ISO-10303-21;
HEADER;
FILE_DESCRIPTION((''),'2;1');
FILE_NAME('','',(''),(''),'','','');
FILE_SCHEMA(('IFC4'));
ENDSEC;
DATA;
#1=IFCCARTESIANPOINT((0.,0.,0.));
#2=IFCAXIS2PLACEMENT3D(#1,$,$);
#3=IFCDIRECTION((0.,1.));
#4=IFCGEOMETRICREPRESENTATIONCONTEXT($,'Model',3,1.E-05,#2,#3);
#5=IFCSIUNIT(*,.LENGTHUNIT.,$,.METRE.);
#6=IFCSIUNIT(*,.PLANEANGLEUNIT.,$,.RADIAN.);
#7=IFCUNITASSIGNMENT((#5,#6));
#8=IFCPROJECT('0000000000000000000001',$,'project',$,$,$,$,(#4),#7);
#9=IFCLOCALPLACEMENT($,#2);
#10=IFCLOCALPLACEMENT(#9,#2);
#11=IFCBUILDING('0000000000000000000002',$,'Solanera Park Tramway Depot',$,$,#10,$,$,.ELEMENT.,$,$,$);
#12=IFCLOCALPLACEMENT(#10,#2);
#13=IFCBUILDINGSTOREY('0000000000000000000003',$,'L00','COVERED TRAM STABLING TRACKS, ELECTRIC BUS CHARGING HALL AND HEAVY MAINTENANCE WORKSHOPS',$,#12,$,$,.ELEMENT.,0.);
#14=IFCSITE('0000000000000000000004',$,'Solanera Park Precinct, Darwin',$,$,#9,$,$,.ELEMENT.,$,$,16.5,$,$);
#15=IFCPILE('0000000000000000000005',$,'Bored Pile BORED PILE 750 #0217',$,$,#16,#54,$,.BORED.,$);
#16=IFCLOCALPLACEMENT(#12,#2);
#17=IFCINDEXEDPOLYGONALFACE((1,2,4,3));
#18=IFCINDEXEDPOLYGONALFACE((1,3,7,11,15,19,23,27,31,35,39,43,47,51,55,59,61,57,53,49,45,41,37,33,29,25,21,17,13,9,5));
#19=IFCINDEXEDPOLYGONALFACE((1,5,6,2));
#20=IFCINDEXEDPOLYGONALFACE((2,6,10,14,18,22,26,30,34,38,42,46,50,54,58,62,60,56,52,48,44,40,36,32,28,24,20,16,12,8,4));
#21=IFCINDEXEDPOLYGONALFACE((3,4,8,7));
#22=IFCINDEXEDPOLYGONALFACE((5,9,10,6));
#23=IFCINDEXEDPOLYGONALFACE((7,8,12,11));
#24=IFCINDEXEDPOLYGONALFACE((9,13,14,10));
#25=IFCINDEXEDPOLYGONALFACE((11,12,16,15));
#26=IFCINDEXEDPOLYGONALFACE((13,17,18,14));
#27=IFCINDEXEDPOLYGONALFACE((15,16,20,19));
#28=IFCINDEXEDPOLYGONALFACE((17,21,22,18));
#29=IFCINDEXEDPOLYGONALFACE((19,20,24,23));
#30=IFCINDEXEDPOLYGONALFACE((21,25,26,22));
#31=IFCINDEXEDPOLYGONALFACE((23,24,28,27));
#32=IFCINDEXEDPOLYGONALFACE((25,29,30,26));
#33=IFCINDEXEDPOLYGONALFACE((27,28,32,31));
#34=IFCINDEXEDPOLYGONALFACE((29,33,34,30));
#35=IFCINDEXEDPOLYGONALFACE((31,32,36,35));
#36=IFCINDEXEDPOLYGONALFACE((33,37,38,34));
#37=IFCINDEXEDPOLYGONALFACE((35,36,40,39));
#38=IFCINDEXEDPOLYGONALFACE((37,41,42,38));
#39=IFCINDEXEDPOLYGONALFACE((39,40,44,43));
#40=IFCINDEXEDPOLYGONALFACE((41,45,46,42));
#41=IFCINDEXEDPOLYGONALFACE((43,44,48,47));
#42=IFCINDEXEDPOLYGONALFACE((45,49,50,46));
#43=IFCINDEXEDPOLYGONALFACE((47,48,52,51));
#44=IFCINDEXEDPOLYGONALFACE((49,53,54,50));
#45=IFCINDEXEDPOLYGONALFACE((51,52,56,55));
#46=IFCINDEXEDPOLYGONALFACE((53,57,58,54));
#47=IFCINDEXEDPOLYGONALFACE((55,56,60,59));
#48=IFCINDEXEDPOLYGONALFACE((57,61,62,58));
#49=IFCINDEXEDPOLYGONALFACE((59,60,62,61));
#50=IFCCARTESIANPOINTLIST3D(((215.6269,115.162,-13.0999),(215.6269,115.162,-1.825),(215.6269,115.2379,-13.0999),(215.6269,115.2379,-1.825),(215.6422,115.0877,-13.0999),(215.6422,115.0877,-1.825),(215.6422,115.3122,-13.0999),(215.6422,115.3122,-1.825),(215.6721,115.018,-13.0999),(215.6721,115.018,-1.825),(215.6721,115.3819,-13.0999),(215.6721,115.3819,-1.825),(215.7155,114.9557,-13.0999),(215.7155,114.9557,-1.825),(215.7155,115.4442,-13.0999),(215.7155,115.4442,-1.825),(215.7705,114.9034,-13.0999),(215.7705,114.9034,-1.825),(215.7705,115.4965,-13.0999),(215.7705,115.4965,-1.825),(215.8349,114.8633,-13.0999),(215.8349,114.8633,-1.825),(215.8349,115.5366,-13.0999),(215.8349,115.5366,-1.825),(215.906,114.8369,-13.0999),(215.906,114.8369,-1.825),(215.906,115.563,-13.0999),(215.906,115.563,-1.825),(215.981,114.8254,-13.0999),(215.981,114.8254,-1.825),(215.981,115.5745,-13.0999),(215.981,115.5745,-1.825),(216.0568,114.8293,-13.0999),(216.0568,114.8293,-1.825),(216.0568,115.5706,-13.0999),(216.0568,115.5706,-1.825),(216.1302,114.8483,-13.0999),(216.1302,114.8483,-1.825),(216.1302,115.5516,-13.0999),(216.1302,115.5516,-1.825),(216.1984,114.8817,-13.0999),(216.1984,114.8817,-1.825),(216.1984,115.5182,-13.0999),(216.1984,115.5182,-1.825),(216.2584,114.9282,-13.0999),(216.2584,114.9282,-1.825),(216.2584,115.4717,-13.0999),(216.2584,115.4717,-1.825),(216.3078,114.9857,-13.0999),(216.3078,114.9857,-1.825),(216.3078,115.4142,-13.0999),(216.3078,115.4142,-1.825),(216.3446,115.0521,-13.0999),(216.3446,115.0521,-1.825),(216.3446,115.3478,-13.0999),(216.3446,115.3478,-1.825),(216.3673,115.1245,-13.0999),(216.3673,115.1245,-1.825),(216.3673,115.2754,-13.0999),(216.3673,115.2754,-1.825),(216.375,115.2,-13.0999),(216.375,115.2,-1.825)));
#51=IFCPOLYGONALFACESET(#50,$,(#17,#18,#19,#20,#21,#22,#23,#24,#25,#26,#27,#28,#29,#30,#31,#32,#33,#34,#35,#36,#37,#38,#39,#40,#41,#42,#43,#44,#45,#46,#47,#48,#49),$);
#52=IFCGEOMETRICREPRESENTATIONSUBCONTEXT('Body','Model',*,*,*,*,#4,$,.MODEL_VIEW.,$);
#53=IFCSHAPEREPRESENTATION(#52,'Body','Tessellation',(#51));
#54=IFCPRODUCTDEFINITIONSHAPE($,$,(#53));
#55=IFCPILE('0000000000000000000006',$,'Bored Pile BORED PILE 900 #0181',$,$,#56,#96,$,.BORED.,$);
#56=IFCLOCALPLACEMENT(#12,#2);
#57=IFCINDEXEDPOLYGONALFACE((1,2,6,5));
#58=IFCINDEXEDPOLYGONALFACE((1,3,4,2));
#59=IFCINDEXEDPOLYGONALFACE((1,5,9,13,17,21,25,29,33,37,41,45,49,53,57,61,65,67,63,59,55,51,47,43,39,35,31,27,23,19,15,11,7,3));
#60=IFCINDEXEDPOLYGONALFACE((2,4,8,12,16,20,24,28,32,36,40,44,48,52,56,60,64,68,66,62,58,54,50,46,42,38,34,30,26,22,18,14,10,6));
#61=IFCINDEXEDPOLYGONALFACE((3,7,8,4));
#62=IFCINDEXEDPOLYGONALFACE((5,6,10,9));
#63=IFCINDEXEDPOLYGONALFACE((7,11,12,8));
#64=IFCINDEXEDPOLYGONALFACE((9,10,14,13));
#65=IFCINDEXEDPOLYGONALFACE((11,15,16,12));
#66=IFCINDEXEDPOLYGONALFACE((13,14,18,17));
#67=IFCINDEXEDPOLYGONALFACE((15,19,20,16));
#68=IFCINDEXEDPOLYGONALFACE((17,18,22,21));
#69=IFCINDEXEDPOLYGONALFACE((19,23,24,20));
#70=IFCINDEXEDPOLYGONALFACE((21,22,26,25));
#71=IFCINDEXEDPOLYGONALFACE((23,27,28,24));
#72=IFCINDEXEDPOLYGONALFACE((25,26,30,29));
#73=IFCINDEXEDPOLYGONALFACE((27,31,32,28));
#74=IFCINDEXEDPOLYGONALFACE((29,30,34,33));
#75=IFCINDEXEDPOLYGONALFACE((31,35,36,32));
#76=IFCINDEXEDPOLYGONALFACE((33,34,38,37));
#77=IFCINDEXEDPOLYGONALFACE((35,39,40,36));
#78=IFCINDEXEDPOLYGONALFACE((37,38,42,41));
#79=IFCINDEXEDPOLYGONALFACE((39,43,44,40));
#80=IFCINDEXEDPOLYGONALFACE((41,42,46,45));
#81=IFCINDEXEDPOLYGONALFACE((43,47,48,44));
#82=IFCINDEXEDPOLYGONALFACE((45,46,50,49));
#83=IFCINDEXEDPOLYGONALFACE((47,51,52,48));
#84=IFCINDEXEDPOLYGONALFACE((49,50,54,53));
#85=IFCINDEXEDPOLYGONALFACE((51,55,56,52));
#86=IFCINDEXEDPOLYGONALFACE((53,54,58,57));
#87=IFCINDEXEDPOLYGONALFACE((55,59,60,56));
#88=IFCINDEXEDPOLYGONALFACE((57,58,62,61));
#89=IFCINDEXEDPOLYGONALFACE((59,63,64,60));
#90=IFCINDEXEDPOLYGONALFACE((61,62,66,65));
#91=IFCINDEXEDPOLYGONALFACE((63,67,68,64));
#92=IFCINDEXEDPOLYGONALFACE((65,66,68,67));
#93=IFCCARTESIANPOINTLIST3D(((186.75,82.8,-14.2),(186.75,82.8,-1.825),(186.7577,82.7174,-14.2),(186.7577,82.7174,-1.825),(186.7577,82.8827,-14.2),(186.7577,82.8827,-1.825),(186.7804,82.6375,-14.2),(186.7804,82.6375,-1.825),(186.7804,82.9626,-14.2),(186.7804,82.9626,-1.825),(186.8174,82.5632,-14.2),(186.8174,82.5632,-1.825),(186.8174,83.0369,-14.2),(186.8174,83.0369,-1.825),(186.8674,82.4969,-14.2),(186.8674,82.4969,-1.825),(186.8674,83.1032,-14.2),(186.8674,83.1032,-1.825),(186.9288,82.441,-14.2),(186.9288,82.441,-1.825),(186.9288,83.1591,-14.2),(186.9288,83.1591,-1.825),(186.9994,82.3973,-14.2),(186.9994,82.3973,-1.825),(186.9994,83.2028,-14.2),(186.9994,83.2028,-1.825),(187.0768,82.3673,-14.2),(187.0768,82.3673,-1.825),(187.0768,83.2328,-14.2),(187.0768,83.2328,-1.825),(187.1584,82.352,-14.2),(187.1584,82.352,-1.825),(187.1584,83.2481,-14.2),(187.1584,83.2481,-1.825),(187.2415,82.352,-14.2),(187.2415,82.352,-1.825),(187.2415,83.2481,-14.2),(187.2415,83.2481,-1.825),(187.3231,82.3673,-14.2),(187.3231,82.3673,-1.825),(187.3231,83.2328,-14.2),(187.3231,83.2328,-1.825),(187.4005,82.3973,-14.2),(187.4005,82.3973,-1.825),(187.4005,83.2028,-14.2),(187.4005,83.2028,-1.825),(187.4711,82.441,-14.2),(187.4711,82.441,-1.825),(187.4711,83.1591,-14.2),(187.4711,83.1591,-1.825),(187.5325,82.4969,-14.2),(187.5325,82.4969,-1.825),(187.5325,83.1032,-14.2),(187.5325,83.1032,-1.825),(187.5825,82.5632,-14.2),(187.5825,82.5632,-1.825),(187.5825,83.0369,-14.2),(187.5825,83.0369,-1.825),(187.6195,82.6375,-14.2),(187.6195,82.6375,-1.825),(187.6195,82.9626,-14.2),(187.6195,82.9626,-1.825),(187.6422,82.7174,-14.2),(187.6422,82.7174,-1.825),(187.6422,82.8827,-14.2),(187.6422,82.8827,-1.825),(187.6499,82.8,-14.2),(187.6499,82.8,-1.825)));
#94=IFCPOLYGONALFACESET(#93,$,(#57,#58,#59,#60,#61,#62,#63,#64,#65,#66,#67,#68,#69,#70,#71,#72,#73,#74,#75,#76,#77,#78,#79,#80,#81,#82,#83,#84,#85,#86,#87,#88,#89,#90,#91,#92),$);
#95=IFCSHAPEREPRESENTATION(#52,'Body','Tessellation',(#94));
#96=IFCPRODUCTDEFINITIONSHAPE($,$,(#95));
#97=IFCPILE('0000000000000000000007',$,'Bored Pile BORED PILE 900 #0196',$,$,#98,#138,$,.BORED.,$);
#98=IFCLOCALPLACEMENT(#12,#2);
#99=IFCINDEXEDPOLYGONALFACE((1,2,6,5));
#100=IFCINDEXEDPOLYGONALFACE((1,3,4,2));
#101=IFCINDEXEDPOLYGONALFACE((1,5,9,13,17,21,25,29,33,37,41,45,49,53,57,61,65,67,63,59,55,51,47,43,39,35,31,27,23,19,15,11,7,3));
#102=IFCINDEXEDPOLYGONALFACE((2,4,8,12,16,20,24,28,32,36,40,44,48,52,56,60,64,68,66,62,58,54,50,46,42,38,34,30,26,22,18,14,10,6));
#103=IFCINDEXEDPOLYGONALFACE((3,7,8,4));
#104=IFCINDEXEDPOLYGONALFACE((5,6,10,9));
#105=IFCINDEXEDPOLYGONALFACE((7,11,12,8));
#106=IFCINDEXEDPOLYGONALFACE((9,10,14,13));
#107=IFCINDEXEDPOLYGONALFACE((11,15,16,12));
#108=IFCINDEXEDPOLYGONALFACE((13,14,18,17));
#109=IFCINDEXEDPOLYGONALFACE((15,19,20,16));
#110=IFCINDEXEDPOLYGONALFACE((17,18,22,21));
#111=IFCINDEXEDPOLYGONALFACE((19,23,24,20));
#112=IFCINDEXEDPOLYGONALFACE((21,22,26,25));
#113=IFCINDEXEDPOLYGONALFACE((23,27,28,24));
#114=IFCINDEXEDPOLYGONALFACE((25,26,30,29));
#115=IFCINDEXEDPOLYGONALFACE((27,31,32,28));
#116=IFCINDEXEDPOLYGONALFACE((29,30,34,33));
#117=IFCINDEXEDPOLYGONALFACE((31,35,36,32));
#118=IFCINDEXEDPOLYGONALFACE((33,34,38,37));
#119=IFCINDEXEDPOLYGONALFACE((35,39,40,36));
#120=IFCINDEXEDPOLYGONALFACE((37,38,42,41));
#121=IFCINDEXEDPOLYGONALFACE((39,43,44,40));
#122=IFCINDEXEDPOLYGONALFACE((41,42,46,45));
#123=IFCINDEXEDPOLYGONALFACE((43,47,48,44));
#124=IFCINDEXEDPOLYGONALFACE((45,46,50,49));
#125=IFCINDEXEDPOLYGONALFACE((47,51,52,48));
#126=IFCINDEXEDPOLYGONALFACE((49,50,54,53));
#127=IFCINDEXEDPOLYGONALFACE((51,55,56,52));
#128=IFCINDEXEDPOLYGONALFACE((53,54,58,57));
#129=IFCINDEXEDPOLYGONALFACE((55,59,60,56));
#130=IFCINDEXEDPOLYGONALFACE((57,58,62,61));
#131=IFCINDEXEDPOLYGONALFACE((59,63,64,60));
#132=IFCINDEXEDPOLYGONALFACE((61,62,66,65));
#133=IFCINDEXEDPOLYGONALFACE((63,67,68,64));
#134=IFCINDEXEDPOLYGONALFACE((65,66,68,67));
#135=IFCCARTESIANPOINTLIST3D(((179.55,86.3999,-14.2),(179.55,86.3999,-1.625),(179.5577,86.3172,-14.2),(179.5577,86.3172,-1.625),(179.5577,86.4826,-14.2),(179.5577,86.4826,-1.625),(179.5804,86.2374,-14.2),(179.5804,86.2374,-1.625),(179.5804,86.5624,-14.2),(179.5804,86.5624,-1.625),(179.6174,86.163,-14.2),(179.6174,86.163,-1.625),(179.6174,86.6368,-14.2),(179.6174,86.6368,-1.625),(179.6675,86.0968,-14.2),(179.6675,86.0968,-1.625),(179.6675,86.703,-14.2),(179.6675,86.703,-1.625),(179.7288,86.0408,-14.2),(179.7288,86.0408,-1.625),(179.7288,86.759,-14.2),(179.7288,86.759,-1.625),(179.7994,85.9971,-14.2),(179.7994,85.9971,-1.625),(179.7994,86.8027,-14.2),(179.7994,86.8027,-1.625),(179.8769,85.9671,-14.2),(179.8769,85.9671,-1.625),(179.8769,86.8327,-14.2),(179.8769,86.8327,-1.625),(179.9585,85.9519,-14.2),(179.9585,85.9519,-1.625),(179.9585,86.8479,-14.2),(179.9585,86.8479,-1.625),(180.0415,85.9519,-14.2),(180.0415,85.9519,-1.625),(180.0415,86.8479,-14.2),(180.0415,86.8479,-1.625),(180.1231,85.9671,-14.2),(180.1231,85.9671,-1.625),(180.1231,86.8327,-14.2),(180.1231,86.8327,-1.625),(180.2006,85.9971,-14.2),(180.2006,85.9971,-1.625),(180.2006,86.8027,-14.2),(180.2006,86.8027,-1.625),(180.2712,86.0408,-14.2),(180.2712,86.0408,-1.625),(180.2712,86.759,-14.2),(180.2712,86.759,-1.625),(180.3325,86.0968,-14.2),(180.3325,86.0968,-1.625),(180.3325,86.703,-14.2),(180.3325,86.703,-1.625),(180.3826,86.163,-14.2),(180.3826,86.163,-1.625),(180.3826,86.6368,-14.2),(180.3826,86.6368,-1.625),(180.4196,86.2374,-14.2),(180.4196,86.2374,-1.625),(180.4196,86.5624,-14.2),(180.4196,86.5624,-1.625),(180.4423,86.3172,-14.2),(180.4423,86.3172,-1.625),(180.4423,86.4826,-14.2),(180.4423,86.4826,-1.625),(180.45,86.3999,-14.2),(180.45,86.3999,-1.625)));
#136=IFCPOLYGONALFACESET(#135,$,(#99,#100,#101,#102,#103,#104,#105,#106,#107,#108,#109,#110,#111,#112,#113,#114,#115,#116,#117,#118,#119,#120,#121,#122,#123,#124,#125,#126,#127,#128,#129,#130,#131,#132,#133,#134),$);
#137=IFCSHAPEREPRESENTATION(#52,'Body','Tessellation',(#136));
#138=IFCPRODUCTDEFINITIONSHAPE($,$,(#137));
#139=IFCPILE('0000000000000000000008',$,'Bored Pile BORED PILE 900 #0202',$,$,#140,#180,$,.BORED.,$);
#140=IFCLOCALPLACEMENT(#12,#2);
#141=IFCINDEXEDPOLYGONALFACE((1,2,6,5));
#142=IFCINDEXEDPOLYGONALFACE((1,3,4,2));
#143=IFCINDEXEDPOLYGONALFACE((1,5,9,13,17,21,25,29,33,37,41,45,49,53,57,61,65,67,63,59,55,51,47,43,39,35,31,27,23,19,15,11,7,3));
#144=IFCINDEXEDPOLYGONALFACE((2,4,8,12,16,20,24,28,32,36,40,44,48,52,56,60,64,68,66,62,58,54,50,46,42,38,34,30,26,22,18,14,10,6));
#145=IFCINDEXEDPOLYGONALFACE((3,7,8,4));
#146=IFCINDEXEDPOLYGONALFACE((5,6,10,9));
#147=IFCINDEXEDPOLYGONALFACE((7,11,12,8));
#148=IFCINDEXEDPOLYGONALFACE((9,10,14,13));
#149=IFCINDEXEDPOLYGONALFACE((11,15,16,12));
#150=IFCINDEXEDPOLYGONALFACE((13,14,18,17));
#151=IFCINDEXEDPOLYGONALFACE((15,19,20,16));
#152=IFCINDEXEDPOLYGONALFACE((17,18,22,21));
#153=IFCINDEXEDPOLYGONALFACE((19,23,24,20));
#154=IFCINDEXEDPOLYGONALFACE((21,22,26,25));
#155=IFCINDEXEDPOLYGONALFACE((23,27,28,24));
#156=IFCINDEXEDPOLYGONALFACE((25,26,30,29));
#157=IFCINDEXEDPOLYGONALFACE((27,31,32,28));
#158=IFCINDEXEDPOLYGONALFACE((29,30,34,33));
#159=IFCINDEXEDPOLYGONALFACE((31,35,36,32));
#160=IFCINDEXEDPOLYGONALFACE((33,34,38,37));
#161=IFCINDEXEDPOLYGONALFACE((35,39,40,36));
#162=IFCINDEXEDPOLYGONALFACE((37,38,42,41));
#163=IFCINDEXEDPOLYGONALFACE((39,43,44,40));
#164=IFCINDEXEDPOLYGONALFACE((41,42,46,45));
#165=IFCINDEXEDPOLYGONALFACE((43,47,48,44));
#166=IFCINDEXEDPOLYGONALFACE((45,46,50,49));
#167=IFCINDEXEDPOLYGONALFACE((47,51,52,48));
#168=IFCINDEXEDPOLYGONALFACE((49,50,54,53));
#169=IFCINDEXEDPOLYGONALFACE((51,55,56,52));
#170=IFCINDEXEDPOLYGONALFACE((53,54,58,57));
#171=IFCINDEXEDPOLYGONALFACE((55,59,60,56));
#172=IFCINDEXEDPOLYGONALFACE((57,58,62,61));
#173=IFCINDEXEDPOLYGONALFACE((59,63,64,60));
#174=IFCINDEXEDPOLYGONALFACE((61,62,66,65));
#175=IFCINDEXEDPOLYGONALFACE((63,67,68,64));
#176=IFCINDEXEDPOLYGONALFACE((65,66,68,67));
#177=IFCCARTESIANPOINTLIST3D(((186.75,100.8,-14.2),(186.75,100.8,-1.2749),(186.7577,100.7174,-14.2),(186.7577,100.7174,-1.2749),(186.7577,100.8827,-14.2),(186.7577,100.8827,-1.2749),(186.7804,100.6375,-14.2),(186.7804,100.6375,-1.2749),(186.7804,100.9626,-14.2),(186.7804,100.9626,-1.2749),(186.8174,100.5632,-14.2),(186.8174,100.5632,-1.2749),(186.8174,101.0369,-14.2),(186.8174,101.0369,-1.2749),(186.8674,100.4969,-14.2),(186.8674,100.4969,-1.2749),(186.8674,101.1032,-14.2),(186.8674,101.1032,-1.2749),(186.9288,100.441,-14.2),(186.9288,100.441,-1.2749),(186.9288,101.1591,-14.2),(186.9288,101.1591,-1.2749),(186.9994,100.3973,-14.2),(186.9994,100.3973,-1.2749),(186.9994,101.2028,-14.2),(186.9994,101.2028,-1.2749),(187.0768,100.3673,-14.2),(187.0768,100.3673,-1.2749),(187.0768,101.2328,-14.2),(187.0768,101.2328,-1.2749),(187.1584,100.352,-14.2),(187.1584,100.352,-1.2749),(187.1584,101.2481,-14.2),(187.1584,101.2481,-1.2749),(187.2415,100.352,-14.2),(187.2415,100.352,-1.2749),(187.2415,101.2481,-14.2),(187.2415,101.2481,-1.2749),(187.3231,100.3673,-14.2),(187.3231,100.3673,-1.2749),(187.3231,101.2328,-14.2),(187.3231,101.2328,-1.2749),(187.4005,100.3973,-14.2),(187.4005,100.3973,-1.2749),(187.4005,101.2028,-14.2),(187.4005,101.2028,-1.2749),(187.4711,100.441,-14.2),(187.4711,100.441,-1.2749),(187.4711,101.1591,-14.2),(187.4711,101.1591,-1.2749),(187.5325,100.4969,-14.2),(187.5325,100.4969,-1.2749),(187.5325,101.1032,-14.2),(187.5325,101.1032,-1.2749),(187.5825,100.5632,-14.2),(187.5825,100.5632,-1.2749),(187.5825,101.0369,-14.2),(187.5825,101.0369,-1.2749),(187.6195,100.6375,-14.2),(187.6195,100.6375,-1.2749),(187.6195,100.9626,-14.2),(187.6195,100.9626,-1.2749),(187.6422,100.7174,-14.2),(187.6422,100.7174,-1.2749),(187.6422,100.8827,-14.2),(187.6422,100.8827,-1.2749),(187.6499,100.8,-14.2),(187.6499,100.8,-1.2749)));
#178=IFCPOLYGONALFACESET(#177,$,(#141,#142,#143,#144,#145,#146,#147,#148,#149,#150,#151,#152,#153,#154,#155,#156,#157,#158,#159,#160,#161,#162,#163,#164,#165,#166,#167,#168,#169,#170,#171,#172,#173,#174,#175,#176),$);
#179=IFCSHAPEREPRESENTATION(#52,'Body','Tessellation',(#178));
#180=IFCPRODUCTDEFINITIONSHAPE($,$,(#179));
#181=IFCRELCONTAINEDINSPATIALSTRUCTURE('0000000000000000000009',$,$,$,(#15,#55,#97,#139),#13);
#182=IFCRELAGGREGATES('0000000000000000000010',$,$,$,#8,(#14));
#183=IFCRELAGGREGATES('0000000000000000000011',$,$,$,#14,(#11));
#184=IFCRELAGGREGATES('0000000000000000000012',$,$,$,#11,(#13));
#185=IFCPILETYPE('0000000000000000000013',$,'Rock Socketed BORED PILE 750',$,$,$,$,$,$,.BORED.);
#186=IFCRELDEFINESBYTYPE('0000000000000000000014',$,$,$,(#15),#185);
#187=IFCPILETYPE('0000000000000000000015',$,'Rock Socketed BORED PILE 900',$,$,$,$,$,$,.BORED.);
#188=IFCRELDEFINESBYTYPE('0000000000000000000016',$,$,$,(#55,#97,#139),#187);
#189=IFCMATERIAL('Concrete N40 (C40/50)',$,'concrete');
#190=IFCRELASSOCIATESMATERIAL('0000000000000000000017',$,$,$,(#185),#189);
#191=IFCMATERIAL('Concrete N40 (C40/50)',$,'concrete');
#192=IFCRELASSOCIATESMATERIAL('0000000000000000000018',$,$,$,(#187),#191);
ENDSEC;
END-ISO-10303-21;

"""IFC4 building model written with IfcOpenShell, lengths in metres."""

from ifc_helpers import new_model, si_unit, direction, frame, origin, origin_2d, place, context, subcontext, project, spatial, circle, extrude, material, material_profile, profile_set, type_object, element, save


model = new_model("IFC4")

# Units and contexts
model_context = context("Model", 3, precision=1e-05, world=origin(), true_north=direction((0.0, 1.0)))
body_context = subcontext(model_context, "Body", "Model", "MODEL_VIEW")
ifc_project = project(units=[si_unit("LENGTHUNIT", "METRE"), si_unit("PLANEANGLEUNIT", "RADIAN")], contexts=[model_context])

# Site, building, storey
site_placement = place(None, origin())
site = spatial("IfcSite", under=ifc_project, at=site_placement, Name="Solanera Park Precinct, Darwin", CompositionType="ELEMENT", RefElevation=16.5)
building_placement = place(site_placement, origin())
building = spatial("IfcBuilding", under=site, at=building_placement, Name="Solanera Park Tramway Depot", CompositionType="ELEMENT")
storey_placement = place(building_placement, origin())
storey = spatial("IfcBuildingStorey", under=building, at=storey_placement, Name="L00", Description="COVERED TRAM STABLING TRACKS, ELECTRIC BUS CHARGING HALL AND HEAVY MAINTENANCE WORKSHOPS", CompositionType="ELEMENT", Elevation=0.0)

# Piles
ifc_material_1 = material(Name="Concrete N40 (C40/50)", Category="concrete")
ifc_material_profile_1 = material_profile(ifc_material_1, circle(Radius=0.375, at=origin_2d()), Name="BORED PILE 750")
ifc_profile_set_1 = profile_set([ifc_material_profile_1], Name="Concrete N40 (C40/50)")
pile_type_1 = type_object("IfcPileType", Name="Rock Socketed BORED PILE 750", PredefinedType="BORED", material=ifc_profile_set_1)
pile_1_placement = place(storey_placement, frame((216.0, 115.2, -1.825), z_axis=(0.0, 0.0, -1.0), x_axis=(1.0, 0.0, 0.0)))
element("IfcPile", 1, at=pile_1_placement, inside=storey, type_object=pile_type_1, Name="Bored Pile BORED PILE 750 #0217", PredefinedType="BORED", context=body_context, shape_type="SweptSolid", body=[
    extrude(circle(Radius=0.375, at=origin_2d()), origin(), (0.0, 0.0, 1.0), 11.2749),
])
ifc_material_2 = material(Name="Concrete N40 (C40/50)", Category="concrete")
ifc_material_profile_2 = material_profile(ifc_material_2, circle(Radius=0.45, at=origin_2d()), Name="BORED PILE 900")
ifc_profile_set_2 = profile_set([ifc_material_profile_2], Name="Concrete N40 (C40/50)")
pile_type_2 = type_object("IfcPileType", Name="Rock Socketed BORED PILE 900", PredefinedType="BORED", material=ifc_profile_set_2)
pile_2_placement = place(storey_placement, frame((187.2, 82.8, -1.825), z_axis=(0.0, 0.0, -1.0), x_axis=(1.0, 0.0, 0.0)))
element("IfcPile", 2, at=pile_2_placement, inside=storey, type_object=pile_type_2, Name="Bored Pile BORED PILE 900 #0181", PredefinedType="BORED", context=body_context, shape_type="SweptSolid", body=[
    extrude(circle(Radius=0.45, at=origin_2d()), origin(), (0.0, 0.0, 1.0), 12.375),
])
pile_3_placement = place(storey_placement, frame((180.0, 86.3999, -1.625), z_axis=(0.0, 0.0, -1.0), x_axis=(1.0, 0.0, 0.0)))
element("IfcPile", 3, at=pile_3_placement, inside=storey, type_object=pile_type_2, Name="Bored Pile BORED PILE 900 #0196", PredefinedType="BORED", context=body_context, shape_type="SweptSolid", body=[
    extrude(circle(Radius=0.45, at=origin_2d()), origin(), (0.0, 0.0, 1.0), 12.575),
])
pile_4_placement = place(storey_placement, frame((187.2, 100.8, -1.2749), z_axis=(0.0, 0.0, -1.0), x_axis=(1.0, 0.0, 0.0)))
element("IfcPile", 4, at=pile_4_placement, inside=storey, type_object=pile_type_2, Name="Bored Pile BORED PILE 900 #0202", PredefinedType="BORED", context=body_context, shape_type="SweptSolid", body=[
    extrude(circle(Radius=0.45, at=origin_2d()), origin(), (0.0, 0.0, 1.0), 12.925),
])

save(model, "model.ifc")
